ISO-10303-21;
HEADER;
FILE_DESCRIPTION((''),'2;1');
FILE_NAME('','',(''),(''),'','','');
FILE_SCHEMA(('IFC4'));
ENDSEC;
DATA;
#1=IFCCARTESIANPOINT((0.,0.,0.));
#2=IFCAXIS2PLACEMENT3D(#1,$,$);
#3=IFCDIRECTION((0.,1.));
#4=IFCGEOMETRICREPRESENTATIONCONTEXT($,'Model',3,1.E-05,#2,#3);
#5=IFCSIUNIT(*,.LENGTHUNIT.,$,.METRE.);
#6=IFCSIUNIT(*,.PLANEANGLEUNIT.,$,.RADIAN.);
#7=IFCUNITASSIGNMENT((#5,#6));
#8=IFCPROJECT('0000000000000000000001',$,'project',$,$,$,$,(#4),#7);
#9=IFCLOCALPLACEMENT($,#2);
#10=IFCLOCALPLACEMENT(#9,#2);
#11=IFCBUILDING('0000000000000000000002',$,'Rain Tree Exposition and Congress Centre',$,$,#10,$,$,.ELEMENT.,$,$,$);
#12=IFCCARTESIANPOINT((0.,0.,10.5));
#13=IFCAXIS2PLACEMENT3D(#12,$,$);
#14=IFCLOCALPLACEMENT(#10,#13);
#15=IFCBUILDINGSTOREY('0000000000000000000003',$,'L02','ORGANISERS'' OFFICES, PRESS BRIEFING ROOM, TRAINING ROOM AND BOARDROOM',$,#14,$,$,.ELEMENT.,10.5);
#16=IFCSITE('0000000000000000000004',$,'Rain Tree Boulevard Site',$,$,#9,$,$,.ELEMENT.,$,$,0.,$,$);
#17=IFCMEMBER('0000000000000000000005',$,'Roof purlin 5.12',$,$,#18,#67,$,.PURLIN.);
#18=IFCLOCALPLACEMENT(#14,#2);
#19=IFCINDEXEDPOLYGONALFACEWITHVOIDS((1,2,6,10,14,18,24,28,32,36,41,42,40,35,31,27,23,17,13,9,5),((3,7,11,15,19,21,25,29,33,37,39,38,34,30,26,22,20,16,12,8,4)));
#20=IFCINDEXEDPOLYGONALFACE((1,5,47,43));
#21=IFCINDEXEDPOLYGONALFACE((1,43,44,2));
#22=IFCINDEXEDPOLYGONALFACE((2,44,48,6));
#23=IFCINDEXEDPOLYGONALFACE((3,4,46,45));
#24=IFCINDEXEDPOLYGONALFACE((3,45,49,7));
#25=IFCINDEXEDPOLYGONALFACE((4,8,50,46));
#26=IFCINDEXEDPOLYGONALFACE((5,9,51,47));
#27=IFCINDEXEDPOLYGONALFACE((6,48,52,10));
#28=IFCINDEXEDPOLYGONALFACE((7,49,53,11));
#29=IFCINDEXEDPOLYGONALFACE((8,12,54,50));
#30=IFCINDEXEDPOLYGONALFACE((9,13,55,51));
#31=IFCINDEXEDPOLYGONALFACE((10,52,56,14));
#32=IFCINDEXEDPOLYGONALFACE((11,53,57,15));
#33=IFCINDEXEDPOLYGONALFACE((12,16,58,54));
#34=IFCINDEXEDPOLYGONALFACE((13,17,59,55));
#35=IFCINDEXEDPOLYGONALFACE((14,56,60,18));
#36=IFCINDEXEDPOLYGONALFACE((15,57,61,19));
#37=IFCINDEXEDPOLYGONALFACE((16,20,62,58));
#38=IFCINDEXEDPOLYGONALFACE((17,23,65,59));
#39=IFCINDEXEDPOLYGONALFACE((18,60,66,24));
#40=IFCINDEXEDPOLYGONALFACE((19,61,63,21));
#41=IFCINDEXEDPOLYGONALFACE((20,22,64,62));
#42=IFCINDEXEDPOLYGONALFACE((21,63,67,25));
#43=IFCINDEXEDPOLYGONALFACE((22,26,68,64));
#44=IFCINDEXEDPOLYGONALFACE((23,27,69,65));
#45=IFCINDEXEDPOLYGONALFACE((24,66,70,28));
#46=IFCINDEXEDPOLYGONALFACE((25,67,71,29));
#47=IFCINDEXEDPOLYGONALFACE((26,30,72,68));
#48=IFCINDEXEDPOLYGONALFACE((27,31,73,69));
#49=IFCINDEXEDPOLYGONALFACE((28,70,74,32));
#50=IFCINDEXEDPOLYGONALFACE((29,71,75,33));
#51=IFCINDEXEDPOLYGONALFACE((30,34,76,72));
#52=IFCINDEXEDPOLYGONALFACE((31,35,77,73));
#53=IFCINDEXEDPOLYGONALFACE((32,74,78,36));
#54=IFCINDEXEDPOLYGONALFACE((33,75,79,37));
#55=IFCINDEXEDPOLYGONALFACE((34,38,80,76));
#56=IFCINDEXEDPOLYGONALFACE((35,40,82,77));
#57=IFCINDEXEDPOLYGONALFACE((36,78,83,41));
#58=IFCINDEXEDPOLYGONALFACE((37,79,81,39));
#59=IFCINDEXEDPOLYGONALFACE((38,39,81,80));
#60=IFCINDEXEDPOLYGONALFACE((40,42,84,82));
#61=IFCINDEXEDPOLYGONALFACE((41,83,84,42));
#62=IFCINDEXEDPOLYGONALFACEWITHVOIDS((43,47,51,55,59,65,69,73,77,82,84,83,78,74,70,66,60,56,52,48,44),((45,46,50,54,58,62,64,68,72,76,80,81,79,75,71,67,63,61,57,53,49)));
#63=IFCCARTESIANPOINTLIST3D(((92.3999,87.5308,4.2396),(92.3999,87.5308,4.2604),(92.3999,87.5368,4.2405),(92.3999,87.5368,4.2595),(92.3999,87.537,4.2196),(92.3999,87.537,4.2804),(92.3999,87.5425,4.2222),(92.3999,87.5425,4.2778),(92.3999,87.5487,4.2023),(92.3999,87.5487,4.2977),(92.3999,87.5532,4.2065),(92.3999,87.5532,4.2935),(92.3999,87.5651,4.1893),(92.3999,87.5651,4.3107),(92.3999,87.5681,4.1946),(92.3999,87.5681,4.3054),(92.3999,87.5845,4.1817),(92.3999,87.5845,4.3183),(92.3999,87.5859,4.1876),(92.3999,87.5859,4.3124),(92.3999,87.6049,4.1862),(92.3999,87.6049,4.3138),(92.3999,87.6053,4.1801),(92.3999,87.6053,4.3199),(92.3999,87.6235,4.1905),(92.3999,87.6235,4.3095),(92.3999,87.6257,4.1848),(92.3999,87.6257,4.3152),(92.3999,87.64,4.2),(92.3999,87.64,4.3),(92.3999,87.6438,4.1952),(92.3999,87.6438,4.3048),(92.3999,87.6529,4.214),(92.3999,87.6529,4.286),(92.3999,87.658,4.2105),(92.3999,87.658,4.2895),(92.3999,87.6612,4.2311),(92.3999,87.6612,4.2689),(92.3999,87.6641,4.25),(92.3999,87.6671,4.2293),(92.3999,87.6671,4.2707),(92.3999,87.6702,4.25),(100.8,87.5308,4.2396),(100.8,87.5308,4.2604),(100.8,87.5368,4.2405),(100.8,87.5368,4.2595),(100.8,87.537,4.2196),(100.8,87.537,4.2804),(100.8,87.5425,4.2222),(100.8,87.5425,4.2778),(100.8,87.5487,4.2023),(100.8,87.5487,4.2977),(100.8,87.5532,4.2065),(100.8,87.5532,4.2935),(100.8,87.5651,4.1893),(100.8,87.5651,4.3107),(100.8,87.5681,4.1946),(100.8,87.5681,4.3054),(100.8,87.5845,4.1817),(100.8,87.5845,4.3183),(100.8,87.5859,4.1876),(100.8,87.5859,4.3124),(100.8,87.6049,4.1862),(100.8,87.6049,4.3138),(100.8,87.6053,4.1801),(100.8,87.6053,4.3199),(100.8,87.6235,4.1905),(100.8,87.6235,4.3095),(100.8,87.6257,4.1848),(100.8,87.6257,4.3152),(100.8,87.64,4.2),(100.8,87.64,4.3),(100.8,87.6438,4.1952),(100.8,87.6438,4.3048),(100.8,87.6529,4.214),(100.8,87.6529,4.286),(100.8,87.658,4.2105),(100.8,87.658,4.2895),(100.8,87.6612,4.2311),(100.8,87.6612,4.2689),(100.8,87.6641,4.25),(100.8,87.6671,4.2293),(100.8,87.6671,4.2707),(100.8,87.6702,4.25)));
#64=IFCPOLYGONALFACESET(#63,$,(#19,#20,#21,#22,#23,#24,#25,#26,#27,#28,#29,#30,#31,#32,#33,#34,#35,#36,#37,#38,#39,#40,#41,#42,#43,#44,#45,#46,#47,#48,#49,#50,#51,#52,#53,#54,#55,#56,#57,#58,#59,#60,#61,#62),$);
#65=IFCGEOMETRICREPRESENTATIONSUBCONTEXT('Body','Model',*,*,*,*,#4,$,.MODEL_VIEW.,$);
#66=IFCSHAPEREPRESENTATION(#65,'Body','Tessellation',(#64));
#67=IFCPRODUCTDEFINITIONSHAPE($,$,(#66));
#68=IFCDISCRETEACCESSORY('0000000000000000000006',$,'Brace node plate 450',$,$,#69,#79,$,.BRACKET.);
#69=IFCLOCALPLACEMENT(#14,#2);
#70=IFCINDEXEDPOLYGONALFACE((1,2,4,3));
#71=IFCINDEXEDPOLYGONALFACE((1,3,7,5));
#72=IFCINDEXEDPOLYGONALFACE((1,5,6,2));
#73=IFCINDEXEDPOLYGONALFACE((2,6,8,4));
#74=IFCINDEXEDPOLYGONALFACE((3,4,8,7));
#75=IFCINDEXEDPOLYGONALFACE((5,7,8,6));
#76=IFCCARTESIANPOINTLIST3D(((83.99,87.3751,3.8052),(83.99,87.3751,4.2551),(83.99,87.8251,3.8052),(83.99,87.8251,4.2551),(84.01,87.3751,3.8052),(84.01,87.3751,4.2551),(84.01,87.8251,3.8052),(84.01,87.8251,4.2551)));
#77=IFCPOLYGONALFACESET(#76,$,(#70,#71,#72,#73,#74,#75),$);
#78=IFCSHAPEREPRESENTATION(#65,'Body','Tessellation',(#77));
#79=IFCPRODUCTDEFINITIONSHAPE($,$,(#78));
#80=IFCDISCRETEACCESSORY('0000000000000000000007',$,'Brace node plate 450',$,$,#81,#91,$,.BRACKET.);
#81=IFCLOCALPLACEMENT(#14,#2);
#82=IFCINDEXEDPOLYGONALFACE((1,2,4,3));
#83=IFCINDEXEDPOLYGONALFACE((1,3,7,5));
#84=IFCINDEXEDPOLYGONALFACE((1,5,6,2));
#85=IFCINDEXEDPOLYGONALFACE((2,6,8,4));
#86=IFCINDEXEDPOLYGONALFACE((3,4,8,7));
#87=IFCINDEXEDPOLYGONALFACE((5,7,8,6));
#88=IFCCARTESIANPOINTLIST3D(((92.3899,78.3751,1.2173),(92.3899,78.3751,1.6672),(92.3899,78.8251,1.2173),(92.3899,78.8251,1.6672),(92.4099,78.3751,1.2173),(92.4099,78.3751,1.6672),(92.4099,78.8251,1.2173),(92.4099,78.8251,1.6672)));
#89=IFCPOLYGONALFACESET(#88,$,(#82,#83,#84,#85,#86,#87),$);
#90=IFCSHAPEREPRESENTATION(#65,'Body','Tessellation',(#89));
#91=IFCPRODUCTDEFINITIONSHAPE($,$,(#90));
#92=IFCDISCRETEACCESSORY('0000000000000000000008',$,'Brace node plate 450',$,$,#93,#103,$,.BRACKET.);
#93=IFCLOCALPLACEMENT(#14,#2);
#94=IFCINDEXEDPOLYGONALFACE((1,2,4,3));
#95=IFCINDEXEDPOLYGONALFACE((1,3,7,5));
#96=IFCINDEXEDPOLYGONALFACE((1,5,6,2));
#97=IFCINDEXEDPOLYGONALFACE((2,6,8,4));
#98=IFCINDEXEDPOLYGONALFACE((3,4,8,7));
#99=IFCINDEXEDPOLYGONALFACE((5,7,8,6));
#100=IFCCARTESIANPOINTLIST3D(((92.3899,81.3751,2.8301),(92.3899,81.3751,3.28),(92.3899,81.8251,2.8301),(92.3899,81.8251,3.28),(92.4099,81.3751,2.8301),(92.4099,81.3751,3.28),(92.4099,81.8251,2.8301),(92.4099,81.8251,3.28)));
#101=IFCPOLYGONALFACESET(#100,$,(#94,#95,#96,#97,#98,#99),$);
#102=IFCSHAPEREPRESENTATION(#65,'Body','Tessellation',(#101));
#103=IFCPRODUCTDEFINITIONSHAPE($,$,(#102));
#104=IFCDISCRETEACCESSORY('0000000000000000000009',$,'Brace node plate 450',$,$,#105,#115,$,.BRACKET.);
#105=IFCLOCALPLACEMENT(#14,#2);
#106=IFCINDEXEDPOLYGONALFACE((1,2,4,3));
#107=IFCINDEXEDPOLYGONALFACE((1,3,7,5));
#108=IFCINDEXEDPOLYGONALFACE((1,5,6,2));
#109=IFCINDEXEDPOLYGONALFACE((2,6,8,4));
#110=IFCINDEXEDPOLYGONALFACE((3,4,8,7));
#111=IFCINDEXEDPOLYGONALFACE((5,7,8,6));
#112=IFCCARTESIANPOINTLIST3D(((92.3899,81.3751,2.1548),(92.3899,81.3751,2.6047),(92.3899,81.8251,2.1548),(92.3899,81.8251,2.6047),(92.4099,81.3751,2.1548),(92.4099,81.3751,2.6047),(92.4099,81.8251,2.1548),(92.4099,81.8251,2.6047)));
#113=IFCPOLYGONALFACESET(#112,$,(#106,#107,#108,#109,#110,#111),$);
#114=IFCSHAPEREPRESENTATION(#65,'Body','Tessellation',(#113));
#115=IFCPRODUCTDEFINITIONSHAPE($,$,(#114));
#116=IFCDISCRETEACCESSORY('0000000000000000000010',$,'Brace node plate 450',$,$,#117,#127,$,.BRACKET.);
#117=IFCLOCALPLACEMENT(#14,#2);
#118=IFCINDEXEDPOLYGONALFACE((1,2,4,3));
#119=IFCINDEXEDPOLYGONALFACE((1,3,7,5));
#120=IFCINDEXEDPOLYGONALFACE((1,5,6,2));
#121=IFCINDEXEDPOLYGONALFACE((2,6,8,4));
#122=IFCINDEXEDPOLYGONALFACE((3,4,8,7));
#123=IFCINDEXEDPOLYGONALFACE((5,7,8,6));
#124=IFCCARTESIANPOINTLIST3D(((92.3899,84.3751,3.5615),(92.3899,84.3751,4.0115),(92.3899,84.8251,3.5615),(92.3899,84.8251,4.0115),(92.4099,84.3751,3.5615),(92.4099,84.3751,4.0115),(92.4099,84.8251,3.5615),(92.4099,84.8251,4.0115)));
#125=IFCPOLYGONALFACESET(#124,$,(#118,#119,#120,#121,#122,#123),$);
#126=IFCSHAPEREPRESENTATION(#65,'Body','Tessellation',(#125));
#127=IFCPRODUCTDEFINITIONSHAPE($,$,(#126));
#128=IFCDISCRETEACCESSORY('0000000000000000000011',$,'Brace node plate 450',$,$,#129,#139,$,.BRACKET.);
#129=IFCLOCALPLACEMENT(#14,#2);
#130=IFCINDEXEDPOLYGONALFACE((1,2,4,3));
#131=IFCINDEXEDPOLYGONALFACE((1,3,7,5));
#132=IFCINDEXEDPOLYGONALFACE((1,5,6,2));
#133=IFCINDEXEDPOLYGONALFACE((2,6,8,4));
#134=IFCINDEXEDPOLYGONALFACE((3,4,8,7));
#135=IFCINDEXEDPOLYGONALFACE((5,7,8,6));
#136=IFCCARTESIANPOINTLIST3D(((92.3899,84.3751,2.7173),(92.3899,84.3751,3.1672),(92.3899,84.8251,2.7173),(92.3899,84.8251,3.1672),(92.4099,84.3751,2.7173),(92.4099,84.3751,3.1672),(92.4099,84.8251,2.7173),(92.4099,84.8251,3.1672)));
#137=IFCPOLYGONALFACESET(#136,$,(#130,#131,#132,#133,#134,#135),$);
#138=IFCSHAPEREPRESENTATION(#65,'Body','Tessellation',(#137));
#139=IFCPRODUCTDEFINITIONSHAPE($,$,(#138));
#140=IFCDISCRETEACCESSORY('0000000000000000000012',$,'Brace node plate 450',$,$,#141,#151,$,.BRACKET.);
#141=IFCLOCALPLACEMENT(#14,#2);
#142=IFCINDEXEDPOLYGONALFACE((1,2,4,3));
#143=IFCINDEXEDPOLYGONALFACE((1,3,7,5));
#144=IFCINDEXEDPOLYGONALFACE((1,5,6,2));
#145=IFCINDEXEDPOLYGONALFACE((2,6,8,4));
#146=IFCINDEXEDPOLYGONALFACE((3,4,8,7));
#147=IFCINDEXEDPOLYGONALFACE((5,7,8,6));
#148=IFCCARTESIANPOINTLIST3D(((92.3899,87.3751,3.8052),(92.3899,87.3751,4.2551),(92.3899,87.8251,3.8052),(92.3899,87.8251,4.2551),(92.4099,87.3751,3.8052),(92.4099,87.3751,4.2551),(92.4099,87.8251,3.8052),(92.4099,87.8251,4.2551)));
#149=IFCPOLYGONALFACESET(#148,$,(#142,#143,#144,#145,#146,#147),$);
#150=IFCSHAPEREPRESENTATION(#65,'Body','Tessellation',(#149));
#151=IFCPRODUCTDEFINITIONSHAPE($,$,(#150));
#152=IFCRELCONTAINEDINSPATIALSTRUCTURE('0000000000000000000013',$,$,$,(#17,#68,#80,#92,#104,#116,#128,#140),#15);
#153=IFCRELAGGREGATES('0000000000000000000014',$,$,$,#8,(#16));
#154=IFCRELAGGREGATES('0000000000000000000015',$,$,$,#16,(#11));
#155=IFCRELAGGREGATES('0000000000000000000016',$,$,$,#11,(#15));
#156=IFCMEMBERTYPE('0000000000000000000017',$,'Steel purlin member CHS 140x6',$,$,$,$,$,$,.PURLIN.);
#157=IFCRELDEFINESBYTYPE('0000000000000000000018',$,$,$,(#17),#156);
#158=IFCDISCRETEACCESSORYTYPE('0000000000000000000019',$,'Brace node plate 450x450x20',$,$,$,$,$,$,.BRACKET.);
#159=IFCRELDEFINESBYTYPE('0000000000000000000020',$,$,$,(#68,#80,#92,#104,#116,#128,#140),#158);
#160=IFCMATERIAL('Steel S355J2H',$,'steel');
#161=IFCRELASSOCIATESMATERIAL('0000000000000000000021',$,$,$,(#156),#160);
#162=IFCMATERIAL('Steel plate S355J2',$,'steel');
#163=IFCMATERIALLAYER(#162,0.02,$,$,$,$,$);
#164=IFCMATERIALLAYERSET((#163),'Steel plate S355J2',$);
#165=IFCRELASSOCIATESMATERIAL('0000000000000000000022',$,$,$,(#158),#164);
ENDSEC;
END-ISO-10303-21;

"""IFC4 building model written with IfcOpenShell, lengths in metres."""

from ifc_helpers import new_model, si_unit, direction, frame, origin, origin_2d, place, context, subcontext, project, spatial, rectangle, hollow_circle, extrude, material, layer, layer_set, material_profile, profile_set, type_object, element, save


model = new_model("IFC4")

# Units and contexts
model_context = context("Model", 3, precision=1e-05, world=origin(), true_north=direction((0.0, 1.0)))
body_context = subcontext(model_context, "Body", "Model", "MODEL_VIEW")
ifc_project = project(units=[si_unit("LENGTHUNIT", "METRE"), si_unit("PLANEANGLEUNIT", "RADIAN")], contexts=[model_context])

# Site, building, storey
site_placement = place(None, origin())
site = spatial("IfcSite", under=ifc_project, at=site_placement, Name="Rain Tree Boulevard Site", CompositionType="ELEMENT", RefElevation=0.0)
building_placement = place(site_placement, origin())
building = spatial("IfcBuilding", under=site, at=building_placement, Name="Rain Tree Exposition and Congress Centre", CompositionType="ELEMENT")
storey_placement = place(building_placement, frame((0.0, 0.0, 10.5)))
storey = spatial("IfcBuildingStorey", under=building, at=storey_placement, Name="L02", Description="ORGANISERS' OFFICES, PRESS BRIEFING ROOM, TRAINING ROOM AND BOARDROOM", CompositionType="ELEMENT", Elevation=10.5)

# Member
ifc_material_1 = material(Name="Steel S355J2H", Category="steel")
ifc_material_profile_1 = material_profile(ifc_material_1, hollow_circle(Radius=0.0701, WallThickness=0.0061, at=origin_2d()), Name="CHS 140x6")
ifc_profile_set_1 = profile_set([ifc_material_profile_1], Name="Steel S355J2H")
member_type_1 = type_object("IfcMemberType", Name="Steel purlin member CHS 140x6", PredefinedType="PURLIN", material=ifc_profile_set_1)
for number, where, z_axis, x_axis, name in (
    (1, (92.3999, 87.6001, 4.25), (1.0, 0.0, 0.0), (0.0, 1.0, 0.0), "Roof purlin 5.12"),
):
    element("IfcMember", number, at=place(storey_placement, frame(where, z_axis=z_axis, x_axis=x_axis)), inside=storey, type_object=member_type_1, Name=name, PredefinedType="PURLIN", context=body_context, shape_type="SweptSolid", body=[
        extrude(hollow_circle(Radius=0.0701, WallThickness=0.0061, at=origin_2d()), origin(), (0.0, 0.0, 1.0), 8.4001),
    ])

# Discrete accessories
ifc_material_2 = material(Name="Steel plate S355J2", Category="steel")
ifc_layer = layer(ifc_material_2, 0.02)
ifc_layer_set = layer_set([ifc_layer], Name="Steel plate S355J2")
discrete_accessory_type = type_object("IfcDiscreteAccessoryType", Name="Brace node plate 450x450x20", PredefinedType="BRACKET", material=ifc_layer_set)
for number, where, z_axis, x_axis, name in (
    (2, (84.0, 87.6001, 3.8052), (0.0, 0.0, 1.0), (0.0, 1.0, 0.0), "Brace node plate 450"),
    (3, (92.3999, 78.6001, 1.2173), (0.0, 0.0, 1.0), (0.0, 1.0, 0.0), "Brace node plate 450"),
    (4, (92.3999, 81.6001, 2.8301), (0.0, 0.0, 1.0), (0.0, -1.0, 0.0), "Brace node plate 450"),
    (5, (92.3999, 81.6001, 2.1548), (0.0, 0.0, 1.0), (0.0, 1.0, 0.0), "Brace node plate 450"),
    (6, (92.3999, 84.6001, 3.5615), (0.0, 0.0, 1.0), (0.0, -1.0, 0.0), "Brace node plate 450"),
    (7, (92.3999, 84.6001, 2.7173), (0.0, 0.0, 1.0), (0.0, 1.0, 0.0), "Brace node plate 450"),
    (8, (92.3999, 87.6001, 3.8052), (0.0, 0.0, 1.0), (0.0, 1.0, 0.0), "Brace node plate 450"),
):
    element("IfcDiscreteAccessory", number, at=place(storey_placement, frame(where, z_axis=z_axis, x_axis=x_axis)), inside=storey, type_object=discrete_accessory_type, Name=name, PredefinedType="BRACKET", context=body_context, shape_type="SweptSolid", body=[
        extrude(rectangle(XDim=0.45, YDim=0.02, at=origin_2d()), origin(), (0.0, 0.0, 1.0), 0.45),
    ])

save(model, "model.ifc")
